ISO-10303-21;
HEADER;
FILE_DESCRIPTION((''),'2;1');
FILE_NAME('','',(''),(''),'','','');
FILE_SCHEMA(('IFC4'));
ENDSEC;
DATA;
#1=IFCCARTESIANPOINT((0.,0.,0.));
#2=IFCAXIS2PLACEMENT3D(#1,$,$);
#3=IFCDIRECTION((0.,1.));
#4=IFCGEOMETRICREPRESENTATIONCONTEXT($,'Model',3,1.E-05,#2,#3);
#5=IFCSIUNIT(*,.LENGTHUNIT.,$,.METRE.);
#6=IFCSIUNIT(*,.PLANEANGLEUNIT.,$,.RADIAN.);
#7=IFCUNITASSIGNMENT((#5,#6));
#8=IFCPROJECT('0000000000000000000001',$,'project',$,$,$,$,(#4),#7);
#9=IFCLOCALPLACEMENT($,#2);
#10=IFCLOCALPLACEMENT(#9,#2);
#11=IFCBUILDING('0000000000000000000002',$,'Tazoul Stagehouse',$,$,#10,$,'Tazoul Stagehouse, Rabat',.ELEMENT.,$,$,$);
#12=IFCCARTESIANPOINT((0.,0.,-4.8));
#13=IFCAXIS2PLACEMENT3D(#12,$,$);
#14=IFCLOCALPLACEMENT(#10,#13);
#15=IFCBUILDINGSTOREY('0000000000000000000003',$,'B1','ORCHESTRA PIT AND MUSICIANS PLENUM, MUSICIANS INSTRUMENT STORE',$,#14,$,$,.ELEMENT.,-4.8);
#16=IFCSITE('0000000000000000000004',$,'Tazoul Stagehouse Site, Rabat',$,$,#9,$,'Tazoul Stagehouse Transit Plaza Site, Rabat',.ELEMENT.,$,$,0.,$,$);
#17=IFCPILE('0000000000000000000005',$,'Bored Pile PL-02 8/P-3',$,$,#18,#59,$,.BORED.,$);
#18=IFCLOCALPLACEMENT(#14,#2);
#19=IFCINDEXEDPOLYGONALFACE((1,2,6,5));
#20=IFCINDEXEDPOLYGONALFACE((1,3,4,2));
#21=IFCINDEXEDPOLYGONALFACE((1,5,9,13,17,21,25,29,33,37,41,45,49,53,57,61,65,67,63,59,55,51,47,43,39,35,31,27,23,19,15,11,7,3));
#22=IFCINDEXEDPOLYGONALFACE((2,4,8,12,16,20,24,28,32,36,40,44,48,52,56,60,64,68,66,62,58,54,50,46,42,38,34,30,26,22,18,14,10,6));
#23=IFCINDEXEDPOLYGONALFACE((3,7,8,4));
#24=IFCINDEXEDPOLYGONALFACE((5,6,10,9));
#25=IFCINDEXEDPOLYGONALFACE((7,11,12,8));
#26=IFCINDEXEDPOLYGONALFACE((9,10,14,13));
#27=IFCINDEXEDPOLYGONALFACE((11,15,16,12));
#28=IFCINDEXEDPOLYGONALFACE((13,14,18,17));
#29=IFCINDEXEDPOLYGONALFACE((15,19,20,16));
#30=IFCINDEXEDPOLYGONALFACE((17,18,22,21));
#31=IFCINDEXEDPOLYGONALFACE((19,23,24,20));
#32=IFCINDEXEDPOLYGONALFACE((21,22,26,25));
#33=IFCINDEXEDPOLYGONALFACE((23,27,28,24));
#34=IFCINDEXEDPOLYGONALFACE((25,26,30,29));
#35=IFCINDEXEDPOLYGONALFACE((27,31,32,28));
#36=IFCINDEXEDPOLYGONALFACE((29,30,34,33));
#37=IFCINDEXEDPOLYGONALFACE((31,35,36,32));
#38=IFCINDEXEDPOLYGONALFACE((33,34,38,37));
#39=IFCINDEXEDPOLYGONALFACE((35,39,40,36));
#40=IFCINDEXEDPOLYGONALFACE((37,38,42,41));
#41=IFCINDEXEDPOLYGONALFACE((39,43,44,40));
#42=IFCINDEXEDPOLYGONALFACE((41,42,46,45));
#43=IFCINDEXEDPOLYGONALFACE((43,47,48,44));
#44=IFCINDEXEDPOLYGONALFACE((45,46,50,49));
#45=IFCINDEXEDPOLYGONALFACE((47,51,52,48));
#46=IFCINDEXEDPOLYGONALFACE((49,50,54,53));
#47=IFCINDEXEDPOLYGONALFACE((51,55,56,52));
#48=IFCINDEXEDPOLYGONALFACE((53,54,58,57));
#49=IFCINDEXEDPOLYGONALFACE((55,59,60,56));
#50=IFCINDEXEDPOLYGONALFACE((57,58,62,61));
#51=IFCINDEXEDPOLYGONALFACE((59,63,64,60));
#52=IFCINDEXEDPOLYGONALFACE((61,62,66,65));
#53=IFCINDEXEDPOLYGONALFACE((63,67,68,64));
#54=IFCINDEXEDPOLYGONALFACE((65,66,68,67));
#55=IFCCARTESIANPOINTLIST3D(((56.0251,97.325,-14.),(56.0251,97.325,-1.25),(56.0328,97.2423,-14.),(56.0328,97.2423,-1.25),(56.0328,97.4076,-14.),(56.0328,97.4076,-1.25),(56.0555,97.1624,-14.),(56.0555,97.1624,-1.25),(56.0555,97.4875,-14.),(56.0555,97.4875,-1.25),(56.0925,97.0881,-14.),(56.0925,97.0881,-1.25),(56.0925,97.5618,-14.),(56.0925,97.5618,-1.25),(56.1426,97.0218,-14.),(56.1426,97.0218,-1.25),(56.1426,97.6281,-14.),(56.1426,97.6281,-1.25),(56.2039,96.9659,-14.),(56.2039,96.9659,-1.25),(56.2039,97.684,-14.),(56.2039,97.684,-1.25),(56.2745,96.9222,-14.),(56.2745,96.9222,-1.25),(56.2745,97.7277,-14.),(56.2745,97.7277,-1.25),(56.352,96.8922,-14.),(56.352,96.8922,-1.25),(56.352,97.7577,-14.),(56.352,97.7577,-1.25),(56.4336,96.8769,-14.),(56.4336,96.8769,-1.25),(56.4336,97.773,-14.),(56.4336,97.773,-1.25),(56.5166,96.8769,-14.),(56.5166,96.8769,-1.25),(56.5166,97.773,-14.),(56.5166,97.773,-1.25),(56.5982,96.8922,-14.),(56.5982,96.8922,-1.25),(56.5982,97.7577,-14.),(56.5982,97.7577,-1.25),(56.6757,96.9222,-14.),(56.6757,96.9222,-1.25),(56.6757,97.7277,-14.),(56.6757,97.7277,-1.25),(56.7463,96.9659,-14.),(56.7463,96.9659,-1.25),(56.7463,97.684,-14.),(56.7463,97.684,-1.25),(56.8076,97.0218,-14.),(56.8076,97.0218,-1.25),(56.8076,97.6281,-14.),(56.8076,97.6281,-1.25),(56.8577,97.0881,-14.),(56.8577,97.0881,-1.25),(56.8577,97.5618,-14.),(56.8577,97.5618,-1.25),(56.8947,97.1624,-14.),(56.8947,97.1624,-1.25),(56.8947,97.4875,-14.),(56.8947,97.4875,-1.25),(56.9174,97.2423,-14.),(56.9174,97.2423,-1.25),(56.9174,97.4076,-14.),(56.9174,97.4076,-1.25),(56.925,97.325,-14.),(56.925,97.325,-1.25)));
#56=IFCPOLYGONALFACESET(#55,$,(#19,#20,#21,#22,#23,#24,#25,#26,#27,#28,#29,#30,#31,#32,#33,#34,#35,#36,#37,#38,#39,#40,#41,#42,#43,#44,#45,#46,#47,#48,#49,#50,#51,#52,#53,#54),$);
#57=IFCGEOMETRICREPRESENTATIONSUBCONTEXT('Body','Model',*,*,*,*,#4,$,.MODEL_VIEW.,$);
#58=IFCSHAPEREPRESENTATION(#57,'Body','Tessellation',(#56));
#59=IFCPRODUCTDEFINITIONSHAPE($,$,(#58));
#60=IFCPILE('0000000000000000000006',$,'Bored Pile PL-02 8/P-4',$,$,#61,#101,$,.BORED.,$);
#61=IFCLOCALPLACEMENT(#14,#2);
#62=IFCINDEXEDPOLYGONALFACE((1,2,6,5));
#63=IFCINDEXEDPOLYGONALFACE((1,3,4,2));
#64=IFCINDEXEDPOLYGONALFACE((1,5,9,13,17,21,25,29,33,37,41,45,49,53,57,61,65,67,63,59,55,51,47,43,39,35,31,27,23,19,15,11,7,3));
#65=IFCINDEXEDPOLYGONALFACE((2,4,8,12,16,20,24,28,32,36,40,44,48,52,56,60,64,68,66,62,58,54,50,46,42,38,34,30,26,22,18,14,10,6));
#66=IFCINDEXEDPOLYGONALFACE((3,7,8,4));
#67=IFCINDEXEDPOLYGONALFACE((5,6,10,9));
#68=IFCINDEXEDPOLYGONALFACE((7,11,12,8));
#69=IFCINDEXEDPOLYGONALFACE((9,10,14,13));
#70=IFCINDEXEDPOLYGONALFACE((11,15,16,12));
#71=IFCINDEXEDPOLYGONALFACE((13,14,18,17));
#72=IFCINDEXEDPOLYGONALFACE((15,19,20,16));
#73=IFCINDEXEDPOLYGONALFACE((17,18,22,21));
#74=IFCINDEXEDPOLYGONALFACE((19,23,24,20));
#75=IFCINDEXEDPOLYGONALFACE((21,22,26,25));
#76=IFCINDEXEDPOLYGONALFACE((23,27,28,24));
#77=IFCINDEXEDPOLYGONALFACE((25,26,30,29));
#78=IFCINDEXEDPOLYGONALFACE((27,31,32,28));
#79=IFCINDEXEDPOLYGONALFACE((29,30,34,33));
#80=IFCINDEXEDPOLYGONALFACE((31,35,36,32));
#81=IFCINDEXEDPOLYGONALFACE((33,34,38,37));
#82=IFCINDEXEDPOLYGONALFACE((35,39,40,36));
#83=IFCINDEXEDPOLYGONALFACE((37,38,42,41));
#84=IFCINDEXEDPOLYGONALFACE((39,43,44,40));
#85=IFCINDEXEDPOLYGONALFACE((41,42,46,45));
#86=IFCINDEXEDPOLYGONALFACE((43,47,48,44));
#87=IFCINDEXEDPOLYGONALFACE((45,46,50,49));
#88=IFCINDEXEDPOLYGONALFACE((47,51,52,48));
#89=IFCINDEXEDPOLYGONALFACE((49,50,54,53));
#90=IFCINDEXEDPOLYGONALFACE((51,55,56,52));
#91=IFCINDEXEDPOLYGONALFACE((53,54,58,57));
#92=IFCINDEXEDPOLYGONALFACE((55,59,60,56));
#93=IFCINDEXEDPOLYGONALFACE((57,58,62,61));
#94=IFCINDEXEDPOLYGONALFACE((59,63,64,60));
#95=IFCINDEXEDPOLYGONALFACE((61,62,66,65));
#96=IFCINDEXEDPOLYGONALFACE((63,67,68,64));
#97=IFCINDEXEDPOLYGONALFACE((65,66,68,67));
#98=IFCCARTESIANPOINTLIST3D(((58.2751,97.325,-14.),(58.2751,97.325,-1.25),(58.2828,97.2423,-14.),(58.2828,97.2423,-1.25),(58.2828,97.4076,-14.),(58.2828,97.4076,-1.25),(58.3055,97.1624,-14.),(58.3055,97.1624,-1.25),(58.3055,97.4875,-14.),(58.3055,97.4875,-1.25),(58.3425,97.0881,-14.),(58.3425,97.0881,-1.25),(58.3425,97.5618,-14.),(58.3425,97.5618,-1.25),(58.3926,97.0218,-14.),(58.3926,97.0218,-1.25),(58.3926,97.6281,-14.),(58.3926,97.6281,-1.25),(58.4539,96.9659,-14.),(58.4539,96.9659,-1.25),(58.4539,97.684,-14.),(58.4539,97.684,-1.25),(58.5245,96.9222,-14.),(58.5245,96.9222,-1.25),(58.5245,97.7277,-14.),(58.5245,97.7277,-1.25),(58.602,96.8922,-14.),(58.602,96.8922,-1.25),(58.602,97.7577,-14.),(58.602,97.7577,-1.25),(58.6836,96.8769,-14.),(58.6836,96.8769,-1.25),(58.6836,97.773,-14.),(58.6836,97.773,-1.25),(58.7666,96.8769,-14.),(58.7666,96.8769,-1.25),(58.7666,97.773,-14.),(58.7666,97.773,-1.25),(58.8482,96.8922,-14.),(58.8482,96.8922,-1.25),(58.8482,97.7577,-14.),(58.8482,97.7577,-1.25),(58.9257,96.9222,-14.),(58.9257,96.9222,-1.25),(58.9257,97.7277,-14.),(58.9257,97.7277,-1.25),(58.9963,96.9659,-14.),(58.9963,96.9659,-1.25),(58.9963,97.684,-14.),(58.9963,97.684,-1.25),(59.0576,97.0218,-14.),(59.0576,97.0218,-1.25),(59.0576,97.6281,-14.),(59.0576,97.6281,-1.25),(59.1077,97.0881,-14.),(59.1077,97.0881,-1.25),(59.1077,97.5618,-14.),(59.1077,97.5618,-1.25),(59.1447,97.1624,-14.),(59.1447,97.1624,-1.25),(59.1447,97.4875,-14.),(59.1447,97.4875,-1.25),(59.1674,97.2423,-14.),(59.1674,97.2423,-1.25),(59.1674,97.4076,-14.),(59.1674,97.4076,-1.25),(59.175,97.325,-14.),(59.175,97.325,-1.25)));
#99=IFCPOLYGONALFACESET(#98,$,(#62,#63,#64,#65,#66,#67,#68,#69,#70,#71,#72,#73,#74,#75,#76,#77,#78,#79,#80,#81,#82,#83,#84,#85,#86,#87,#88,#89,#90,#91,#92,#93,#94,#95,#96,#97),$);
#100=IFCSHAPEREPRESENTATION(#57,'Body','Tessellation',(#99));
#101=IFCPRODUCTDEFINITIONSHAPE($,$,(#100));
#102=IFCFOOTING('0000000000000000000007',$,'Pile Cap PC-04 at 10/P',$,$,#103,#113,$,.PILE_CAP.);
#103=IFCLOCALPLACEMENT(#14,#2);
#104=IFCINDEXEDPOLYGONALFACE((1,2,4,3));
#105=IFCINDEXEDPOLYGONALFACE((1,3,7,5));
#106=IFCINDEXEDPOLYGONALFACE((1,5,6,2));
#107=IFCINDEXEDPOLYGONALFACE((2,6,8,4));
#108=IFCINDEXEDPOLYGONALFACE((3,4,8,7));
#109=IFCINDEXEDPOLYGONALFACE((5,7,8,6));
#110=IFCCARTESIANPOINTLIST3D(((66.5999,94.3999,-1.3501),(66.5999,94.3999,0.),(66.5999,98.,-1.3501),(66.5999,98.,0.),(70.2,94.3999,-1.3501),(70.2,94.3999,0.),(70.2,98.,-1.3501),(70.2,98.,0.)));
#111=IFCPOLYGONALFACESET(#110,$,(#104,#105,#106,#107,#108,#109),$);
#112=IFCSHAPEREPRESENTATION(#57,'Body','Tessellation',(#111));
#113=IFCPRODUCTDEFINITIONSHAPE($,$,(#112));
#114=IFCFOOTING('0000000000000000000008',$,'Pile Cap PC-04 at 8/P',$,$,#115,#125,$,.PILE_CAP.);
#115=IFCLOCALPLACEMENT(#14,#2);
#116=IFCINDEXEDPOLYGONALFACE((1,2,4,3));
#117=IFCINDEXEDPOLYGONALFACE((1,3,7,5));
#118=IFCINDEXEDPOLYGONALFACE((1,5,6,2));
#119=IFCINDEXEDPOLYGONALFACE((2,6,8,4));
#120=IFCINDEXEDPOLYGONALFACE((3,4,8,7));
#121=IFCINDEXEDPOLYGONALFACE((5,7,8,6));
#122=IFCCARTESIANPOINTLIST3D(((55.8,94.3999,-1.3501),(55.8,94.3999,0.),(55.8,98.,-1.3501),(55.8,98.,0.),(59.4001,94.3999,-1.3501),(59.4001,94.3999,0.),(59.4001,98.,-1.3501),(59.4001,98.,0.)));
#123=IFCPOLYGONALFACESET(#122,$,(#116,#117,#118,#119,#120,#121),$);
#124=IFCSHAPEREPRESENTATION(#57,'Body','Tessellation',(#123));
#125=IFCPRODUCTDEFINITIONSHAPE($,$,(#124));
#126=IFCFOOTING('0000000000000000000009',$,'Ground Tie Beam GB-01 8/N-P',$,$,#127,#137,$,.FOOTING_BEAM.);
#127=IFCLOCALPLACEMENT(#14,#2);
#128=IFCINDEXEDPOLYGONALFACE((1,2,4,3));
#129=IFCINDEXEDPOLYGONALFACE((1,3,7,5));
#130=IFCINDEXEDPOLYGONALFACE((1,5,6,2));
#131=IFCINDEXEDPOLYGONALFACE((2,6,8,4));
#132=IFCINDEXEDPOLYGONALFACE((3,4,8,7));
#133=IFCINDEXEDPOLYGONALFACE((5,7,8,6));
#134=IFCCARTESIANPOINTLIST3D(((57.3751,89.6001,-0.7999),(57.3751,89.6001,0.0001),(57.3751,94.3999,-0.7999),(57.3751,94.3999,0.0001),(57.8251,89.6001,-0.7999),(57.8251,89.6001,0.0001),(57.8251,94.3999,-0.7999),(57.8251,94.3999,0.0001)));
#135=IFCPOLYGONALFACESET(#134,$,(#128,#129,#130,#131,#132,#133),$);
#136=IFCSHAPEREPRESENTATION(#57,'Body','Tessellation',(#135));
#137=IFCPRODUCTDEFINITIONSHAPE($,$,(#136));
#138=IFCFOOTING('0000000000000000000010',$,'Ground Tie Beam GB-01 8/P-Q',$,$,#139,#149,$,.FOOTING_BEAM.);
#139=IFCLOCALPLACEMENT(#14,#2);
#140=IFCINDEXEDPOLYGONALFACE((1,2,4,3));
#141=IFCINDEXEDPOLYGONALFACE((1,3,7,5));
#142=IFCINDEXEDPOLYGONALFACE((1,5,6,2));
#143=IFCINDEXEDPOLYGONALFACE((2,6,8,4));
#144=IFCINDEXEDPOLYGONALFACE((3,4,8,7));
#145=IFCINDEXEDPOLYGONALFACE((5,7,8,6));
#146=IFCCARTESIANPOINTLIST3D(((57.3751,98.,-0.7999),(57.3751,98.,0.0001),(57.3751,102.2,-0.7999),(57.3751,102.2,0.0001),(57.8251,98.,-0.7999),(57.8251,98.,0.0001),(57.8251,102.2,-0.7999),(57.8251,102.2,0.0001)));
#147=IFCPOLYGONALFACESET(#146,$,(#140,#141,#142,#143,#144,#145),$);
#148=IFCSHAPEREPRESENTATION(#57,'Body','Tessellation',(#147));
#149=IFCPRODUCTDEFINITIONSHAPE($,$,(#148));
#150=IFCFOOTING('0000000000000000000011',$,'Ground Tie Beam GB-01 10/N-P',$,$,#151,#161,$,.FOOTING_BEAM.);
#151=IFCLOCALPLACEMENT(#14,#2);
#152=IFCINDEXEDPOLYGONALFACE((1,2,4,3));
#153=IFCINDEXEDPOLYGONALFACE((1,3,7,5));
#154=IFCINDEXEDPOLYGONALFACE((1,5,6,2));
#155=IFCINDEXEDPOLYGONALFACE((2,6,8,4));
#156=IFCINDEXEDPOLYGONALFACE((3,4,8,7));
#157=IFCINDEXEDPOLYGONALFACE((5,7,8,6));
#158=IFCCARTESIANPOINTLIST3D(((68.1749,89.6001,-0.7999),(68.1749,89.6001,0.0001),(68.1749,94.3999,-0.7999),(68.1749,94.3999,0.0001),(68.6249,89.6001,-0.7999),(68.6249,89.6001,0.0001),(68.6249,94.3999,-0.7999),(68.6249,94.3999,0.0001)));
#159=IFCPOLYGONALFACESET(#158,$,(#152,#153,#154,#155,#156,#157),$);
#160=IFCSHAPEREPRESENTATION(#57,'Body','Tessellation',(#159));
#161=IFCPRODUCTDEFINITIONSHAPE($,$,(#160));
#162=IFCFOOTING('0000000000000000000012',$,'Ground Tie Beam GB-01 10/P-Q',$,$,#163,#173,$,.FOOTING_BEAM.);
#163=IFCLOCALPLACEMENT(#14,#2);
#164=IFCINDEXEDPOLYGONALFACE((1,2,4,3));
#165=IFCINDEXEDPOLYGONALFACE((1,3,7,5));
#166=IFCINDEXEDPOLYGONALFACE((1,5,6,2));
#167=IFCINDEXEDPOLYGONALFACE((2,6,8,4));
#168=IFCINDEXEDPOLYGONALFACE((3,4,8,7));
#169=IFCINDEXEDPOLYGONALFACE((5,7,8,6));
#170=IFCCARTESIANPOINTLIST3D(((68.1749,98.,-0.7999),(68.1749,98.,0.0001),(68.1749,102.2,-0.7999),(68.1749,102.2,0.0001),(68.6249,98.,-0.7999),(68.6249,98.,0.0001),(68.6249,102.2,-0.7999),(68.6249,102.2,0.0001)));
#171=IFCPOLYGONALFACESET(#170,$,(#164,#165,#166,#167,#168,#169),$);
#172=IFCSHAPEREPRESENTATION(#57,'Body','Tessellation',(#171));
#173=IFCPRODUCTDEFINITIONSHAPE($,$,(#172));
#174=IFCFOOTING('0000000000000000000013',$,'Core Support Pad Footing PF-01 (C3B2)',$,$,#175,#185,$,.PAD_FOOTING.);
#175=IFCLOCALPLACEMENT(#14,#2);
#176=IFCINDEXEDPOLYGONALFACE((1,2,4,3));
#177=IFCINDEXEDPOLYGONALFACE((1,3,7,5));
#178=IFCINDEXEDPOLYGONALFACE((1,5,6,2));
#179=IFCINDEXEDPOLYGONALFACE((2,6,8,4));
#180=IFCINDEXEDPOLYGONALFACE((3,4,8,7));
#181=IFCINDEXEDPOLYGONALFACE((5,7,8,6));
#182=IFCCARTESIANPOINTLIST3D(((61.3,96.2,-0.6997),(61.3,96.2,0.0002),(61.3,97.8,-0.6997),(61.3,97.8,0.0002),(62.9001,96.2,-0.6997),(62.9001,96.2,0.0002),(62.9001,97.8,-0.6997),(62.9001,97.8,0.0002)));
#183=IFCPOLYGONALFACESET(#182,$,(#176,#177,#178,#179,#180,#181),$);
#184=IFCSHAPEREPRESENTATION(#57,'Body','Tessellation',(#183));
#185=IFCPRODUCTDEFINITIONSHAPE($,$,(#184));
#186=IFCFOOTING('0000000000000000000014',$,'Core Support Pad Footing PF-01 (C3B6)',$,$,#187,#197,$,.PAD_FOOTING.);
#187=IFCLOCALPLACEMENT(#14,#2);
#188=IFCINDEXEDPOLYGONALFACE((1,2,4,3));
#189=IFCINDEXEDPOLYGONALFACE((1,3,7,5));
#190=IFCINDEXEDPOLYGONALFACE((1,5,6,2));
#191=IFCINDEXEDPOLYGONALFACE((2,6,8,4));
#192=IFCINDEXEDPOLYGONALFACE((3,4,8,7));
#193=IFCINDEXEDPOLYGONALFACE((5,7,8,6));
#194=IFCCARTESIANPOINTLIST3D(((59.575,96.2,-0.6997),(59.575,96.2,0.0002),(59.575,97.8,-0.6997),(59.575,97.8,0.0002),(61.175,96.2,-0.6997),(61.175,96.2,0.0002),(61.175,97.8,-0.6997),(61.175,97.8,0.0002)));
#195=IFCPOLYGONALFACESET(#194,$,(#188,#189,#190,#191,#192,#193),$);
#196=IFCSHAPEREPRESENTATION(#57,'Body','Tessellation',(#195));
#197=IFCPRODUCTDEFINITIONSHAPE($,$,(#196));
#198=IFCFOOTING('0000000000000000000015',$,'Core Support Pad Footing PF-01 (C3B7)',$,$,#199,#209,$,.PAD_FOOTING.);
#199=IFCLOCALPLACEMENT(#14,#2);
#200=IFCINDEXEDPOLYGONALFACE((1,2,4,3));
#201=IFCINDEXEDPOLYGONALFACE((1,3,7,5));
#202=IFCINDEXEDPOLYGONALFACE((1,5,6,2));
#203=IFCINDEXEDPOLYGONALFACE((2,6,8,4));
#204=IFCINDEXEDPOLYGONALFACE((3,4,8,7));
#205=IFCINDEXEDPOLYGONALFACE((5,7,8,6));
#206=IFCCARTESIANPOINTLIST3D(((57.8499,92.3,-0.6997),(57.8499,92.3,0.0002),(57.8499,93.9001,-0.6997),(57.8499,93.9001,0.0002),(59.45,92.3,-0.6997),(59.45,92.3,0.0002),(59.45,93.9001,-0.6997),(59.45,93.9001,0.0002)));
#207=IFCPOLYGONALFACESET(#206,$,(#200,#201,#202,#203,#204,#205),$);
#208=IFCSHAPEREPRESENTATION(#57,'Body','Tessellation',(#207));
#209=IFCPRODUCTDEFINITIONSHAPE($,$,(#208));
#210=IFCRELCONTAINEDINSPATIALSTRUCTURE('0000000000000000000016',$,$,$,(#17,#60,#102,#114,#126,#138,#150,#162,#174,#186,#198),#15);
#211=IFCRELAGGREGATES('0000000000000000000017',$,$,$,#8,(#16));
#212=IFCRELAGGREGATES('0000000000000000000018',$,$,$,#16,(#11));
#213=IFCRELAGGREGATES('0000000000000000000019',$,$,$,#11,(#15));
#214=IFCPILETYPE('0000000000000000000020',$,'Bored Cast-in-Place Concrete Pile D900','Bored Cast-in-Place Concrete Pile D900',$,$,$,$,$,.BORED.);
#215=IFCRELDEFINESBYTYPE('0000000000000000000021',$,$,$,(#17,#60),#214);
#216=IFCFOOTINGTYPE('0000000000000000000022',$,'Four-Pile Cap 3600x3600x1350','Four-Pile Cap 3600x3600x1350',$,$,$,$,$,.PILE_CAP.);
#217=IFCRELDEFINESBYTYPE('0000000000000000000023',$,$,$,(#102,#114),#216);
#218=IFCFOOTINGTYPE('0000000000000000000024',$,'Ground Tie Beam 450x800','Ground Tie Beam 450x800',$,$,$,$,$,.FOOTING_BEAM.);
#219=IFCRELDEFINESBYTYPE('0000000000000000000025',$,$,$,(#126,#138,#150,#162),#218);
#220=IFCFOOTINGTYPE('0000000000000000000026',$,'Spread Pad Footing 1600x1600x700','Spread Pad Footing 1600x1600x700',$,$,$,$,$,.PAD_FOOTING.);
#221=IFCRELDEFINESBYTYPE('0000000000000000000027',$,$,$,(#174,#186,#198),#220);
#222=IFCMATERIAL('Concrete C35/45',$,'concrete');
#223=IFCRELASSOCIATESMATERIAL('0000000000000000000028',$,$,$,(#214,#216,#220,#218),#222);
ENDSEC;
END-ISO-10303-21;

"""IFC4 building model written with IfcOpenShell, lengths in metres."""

from ifc_helpers import new_model, si_unit, direction, frame, origin, origin_2d, place, context, subcontext, project, spatial, rectangle, circle, extrude, material, material_profile, profile_set, type_object, element, save


model = new_model("IFC4")

# Units and contexts
model_context = context("Model", 3, precision=1e-05, world=origin(), true_north=direction((0.0, 1.0)))
body_context = subcontext(model_context, "Body", "Model", "MODEL_VIEW")
ifc_project = project(units=[si_unit("LENGTHUNIT", "METRE"), si_unit("PLANEANGLEUNIT", "RADIAN")], contexts=[model_context])

# Site, building, storey
site_placement = place(None, origin())
site = spatial("IfcSite", under=ifc_project, at=site_placement, Name="Tazoul Stagehouse Site, Rabat", LongName="Tazoul Stagehouse Transit Plaza Site, Rabat", CompositionType="ELEMENT", RefElevation=0.0)
building_placement = place(site_placement, origin())
building = spatial("IfcBuilding", under=site, at=building_placement, Name="Tazoul Stagehouse", LongName="Tazoul Stagehouse, Rabat", CompositionType="ELEMENT")
storey_placement = place(building_placement, frame((0.0, 0.0, -4.8)))
storey = spatial("IfcBuildingStorey", under=building, at=storey_placement, Name="B1", Description="ORCHESTRA PIT AND MUSICIANS PLENUM, MUSICIANS INSTRUMENT STORE", CompositionType="ELEMENT", Elevation=-4.8)

# Piles
ifc_material_1 = material(Name="Concrete C35/45", Category="concrete")
ifc_material_profile_1 = material_profile(ifc_material_1, circle(Radius=0.45, at=origin_2d()), Name="BORED PILE 900")
ifc_profile_set_1 = profile_set([ifc_material_profile_1], Name="Concrete C35/45")
pile_type = type_object("IfcPileType", Name="Bored Cast-in-Place Concrete Pile D900", Description="Bored Cast-in-Place Concrete Pile D900", PredefinedType="BORED", material=ifc_profile_set_1)
for number, where, z_axis, x_axis, name in (
    (1, (56.4751, 97.325, -1.25), (0.0, 0.0, -1.0), (1.0, 0.0, 0.0), "Bored Pile PL-02 8/P-3"),
    (2, (58.7251, 97.325, -1.25), (0.0, 0.0, -1.0), (1.0, 0.0, 0.0), "Bored Pile PL-02 8/P-4"),
):
    element("IfcPile", number, at=place(storey_placement, frame(where, z_axis=z_axis, x_axis=x_axis)), inside=storey, type_object=pile_type, Name=name, PredefinedType="BORED", context=body_context, shape_type="SweptSolid", body=[
        extrude(circle(Radius=0.45, at=origin_2d()), origin(), (0.0, 0.0, 1.0), 12.75),
    ])

# Footings
footing_type_1 = type_object("IfcFootingType", Name="Four-Pile Cap 3600x3600x1350", Description="Four-Pile Cap 3600x3600x1350", PredefinedType="PILE_CAP", material=ifc_material_1)
for number, where, z_axis, x_axis, name in (
    (3, (68.3999, 96.2, -1.3501), (0.0, 0.0, 1.0), (1.0, 0.0, 0.0), "Pile Cap PC-04 at 10/P"),
    (4, (57.6001, 96.2, -1.3501), (0.0, 0.0, 1.0), (1.0, 0.0, 0.0), "Pile Cap PC-04 at 8/P"),
):
    element("IfcFooting", number, at=place(storey_placement, frame(where, z_axis=z_axis, x_axis=x_axis)), inside=storey, type_object=footing_type_1, Name=name, PredefinedType="PILE_CAP", context=body_context, shape_type="SweptSolid", body=[
        extrude(rectangle(XDim=3.6001, YDim=3.6001, at=origin_2d()), origin(), (0.0, 0.0, 1.0), 1.3501),
    ])
ifc_material_profile_2 = material_profile(ifc_material_1, rectangle(XDim=0.45, YDim=0.8, at=origin_2d()), Name="RC 450x800")
ifc_profile_set_2 = profile_set([ifc_material_profile_2], Name="Concrete C35/45")
footing_type_2 = type_object("IfcFootingType", Name="Ground Tie Beam 450x800", Description="Ground Tie Beam 450x800", PredefinedType="FOOTING_BEAM", material=ifc_profile_set_2)
footing_1_placement = place(storey_placement, frame((57.6001, 89.6001, -0.3999), z_axis=(0.0, 1.0, 0.0), x_axis=(-1.0, 0.0, 0.0)))
element("IfcFooting", 5, at=footing_1_placement, inside=storey, type_object=footing_type_2, Name="Ground Tie Beam GB-01 8/N-P", PredefinedType="FOOTING_BEAM", context=body_context, shape_type="SweptSolid", body=[
    extrude(rectangle(XDim=0.45, YDim=0.8, at=origin_2d()), origin(), (0.0, 0.0, 1.0), 4.7998),
])
footing_2_placement = place(storey_placement, frame((57.6001, 98.0, -0.3999), z_axis=(0.0, 1.0, 0.0), x_axis=(-1.0, 0.0, 0.0)))
element("IfcFooting", 6, at=footing_2_placement, inside=storey, type_object=footing_type_2, Name="Ground Tie Beam GB-01 8/P-Q", PredefinedType="FOOTING_BEAM", context=body_context, shape_type="SweptSolid", body=[
    extrude(rectangle(XDim=0.45, YDim=0.8, at=origin_2d()), origin(), (0.0, 0.0, 1.0), 4.2),
])
footing_3_placement = place(storey_placement, frame((68.3999, 89.6001, -0.3999), z_axis=(0.0, 1.0, 0.0), x_axis=(-1.0, 0.0, 0.0)))
element("IfcFooting", 7, at=footing_3_placement, inside=storey, type_object=footing_type_2, Name="Ground Tie Beam GB-01 10/N-P", PredefinedType="FOOTING_BEAM", context=body_context, shape_type="SweptSolid", body=[
    extrude(rectangle(XDim=0.45, YDim=0.8, at=origin_2d()), origin(), (0.0, 0.0, 1.0), 4.7998),
])
footing_4_placement = place(storey_placement, frame((68.3999, 98.0, -0.3999), z_axis=(0.0, 1.0, 0.0), x_axis=(-1.0, 0.0, 0.0)))
element("IfcFooting", 8, at=footing_4_placement, inside=storey, type_object=footing_type_2, Name="Ground Tie Beam GB-01 10/P-Q", PredefinedType="FOOTING_BEAM", context=body_context, shape_type="SweptSolid", body=[
    extrude(rectangle(XDim=0.45, YDim=0.8, at=origin_2d()), origin(), (0.0, 0.0, 1.0), 4.2),
])
footing_type_3 = type_object("IfcFootingType", Name="Spread Pad Footing 1600x1600x700", Description="Spread Pad Footing 1600x1600x700", PredefinedType="PAD_FOOTING", material=ifc_material_1)
for number, where, z_axis, x_axis, name in (
    (9, (62.1001, 97.0, -0.6997), (0.0, 0.0, 1.0), (1.0, 0.0, 0.0), "Core Support Pad Footing PF-01 (C3B2)"),
    (10, (60.375, 97.0, -0.6997), (0.0, 0.0, 1.0), (1.0, 0.0, 0.0), "Core Support Pad Footing PF-01 (C3B6)"),
    (11, (58.6499, 93.1001, -0.6997), (0.0, 0.0, 1.0), (1.0, 0.0, 0.0), "Core Support Pad Footing PF-01 (C3B7)"),
):
    element("IfcFooting", number, at=place(storey_placement, frame(where, z_axis=z_axis, x_axis=x_axis)), inside=storey, type_object=footing_type_3, Name=name, PredefinedType="PAD_FOOTING", context=body_context, shape_type="SweptSolid", body=[
        extrude(rectangle(XDim=1.6001, YDim=1.6001, at=origin_2d()), origin(), (0.0, 0.0, 1.0), 0.7),
    ])

save(model, "model.ifc")
